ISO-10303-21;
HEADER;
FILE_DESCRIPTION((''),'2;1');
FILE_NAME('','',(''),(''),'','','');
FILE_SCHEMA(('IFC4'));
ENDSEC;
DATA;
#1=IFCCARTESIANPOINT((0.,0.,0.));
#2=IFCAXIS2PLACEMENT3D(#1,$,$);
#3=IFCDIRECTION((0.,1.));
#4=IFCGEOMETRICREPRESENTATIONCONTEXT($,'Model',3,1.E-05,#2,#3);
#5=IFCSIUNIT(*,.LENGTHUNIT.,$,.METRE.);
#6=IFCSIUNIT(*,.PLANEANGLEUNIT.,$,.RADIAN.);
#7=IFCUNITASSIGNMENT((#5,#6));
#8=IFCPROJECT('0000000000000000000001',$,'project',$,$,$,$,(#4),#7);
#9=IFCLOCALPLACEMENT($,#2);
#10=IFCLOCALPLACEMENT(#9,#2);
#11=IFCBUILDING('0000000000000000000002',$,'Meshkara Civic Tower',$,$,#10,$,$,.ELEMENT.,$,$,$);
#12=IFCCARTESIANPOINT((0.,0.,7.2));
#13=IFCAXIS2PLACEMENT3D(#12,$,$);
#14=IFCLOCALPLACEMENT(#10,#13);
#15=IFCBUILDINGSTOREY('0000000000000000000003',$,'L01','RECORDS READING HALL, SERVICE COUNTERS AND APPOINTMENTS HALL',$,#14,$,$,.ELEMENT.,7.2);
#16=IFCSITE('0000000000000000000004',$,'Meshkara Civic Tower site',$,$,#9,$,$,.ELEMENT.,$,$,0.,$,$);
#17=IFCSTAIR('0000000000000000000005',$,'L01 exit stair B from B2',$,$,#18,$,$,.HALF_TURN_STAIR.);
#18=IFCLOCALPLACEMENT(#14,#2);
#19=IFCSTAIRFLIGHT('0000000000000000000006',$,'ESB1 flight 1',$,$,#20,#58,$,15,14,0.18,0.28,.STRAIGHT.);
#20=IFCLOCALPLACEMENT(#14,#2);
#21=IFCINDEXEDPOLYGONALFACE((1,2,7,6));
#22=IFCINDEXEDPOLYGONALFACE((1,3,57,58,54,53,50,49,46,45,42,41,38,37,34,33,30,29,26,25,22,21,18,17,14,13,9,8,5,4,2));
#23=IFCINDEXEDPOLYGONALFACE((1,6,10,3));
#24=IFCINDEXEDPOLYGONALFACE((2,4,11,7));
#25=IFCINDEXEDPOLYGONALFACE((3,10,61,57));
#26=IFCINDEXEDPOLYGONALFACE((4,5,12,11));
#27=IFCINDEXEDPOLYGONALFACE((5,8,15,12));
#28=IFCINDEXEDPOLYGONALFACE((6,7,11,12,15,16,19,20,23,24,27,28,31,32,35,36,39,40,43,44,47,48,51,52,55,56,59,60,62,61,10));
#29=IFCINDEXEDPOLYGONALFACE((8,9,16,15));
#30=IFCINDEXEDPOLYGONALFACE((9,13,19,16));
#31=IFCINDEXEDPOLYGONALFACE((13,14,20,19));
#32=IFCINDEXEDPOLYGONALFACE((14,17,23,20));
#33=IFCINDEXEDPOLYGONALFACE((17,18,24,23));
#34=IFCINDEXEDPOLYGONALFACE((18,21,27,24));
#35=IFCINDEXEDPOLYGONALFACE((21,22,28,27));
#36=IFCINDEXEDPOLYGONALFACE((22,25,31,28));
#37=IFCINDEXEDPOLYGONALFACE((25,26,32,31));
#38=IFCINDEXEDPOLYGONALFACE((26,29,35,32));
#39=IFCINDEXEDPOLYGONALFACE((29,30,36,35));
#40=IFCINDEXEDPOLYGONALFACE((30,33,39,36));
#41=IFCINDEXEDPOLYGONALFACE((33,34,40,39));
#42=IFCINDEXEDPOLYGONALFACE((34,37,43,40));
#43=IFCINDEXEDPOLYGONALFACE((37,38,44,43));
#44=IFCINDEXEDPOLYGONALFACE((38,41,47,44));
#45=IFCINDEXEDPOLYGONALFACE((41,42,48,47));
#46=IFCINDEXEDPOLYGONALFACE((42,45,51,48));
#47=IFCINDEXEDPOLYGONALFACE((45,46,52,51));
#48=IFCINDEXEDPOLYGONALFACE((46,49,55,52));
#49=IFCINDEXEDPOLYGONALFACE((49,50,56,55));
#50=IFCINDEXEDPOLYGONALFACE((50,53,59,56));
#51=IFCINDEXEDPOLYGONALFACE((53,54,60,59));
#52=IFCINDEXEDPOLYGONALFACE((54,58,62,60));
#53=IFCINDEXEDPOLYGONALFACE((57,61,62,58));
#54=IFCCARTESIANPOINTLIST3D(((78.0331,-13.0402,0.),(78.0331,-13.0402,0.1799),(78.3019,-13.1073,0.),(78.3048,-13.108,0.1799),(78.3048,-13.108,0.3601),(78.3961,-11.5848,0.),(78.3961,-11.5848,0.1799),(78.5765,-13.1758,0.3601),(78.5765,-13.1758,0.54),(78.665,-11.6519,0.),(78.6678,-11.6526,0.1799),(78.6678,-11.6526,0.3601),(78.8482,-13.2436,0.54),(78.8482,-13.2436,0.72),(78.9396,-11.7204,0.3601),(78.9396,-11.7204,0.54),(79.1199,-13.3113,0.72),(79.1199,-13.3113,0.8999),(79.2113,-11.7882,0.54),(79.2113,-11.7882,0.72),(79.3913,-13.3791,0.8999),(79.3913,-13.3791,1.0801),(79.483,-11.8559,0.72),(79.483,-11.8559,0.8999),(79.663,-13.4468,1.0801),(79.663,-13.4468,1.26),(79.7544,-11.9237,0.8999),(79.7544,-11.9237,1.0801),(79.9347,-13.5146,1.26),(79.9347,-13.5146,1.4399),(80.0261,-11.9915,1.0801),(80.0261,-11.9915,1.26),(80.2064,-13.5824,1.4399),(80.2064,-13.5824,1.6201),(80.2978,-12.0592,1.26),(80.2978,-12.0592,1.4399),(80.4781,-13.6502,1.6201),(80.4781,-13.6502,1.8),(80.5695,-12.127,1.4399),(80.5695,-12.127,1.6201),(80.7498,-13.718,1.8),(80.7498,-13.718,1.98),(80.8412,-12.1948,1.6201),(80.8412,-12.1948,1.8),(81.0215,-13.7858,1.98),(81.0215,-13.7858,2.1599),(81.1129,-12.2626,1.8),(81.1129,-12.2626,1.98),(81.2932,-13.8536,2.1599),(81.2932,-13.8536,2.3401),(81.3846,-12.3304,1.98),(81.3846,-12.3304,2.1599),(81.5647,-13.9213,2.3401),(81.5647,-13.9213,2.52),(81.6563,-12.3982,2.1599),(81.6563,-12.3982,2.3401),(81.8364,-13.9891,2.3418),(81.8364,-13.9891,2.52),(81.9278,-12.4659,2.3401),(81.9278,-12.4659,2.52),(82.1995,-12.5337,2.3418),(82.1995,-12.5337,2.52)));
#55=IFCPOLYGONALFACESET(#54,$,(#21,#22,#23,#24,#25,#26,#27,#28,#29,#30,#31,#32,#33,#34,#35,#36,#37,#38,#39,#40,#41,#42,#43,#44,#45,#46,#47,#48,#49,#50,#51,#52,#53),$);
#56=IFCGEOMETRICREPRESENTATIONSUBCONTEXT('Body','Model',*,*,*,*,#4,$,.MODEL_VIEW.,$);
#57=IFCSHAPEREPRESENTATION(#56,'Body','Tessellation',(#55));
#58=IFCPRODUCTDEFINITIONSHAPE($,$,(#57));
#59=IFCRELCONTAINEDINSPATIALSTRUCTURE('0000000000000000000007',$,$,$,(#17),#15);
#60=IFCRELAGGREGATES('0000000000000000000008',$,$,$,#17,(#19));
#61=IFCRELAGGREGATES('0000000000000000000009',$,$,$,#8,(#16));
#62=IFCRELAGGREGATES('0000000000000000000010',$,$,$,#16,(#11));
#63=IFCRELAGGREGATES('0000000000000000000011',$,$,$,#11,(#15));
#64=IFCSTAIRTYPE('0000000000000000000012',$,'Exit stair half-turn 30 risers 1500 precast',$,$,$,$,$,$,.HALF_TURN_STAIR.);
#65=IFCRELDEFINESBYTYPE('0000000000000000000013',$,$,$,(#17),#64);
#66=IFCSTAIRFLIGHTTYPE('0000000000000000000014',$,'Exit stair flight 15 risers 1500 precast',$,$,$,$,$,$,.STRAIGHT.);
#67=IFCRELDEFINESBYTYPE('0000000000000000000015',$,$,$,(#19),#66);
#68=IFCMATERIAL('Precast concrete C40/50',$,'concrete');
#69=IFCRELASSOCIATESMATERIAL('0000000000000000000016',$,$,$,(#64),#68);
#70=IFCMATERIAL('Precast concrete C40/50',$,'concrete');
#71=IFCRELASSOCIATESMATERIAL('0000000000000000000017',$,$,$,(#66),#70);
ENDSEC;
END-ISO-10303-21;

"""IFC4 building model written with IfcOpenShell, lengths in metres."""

from ifc_helpers import new_model, si_unit, direction, frame, origin, place, context, subcontext, project, spatial, polyline, outline, extrude, material, type_object, element, aggregate, save


model = new_model("IFC4")

# Units and contexts
model_context = context("Model", 3, precision=1e-05, world=origin(), true_north=direction((0.0, 1.0)))
body_context = subcontext(model_context, "Body", "Model", "MODEL_VIEW")
ifc_project = project(units=[si_unit("LENGTHUNIT", "METRE"), si_unit("PLANEANGLEUNIT", "RADIAN")], contexts=[model_context])

# Site, building, storey
site_placement = place(None, origin())
site = spatial("IfcSite", under=ifc_project, at=site_placement, Name="Meshkara Civic Tower site", CompositionType="ELEMENT", RefElevation=0.0)
building_placement = place(site_placement, origin())
building = spatial("IfcBuilding", under=site, at=building_placement, Name="Meshkara Civic Tower", CompositionType="ELEMENT")
storey_placement = place(building_placement, frame((0.0, 0.0, 7.2)))
storey = spatial("IfcBuildingStorey", under=building, at=storey_placement, Name="L01", Description="RECORDS READING HALL, SERVICE COUNTERS AND APPOINTMENTS HALL", CompositionType="ELEMENT", Elevation=7.2)

# Stair, stair flight
ifc_material_1 = material(Name="Precast concrete C40/50", Category="concrete")
stair_type = type_object("IfcStairType", Name="Exit stair half-turn 30 risers 1500 precast", PredefinedType="HALF_TURN_STAIR", material=ifc_material_1)
stair_placement = place(storey_placement, origin())
stair = element("IfcStair", 1, at=stair_placement, inside=storey, type_object=stair_type, Name="L01 exit stair B from B2", PredefinedType="HALF_TURN_STAIR")
ifc_material_2 = material(Name="Precast concrete C40/50", Category="concrete")
stair_flight_type = type_object("IfcStairFlightType", Name="Exit stair flight 15 risers 1500 precast", PredefinedType="STRAIGHT", material=ifc_material_2)
stair_flight_placement = place(storey_placement, frame((78.2146, -12.3125, 0.0), z_axis=(0.0, 0.0, 1.0), x_axis=(0.97026, -0.242065, 0.0)))
stair_flight = element("IfcStairFlight", 2, at=stair_flight_placement, type_object=stair_flight_type, Name="ESB1 flight 1", NumberOfRisers=15, NumberOfTreads=14, PredefinedType="STRAIGHT", RiserHeight=0.18, TreadLength=0.28, context=body_context, shape_type="SweptSolid", body=[
    extrude(outline(polyline([(0.0, 0.0), (0.0, 0.1799), (0.28, 0.1799), (0.28, 0.3601), (0.5601, 0.3601), (0.5601, 0.54), (0.8401, 0.54), (0.8401, 0.72), (1.1201, 0.72), (1.1201, 0.8999), (1.3999, 0.8999), (1.3999, 1.0801), (1.6799, 1.0801), (1.6799, 1.26), (1.96, 1.26), (1.96, 1.4399), (2.24, 1.4399), (2.24, 1.6201), (2.52, 1.6201), (2.52, 1.8), (2.8, 1.8), (2.8, 1.98), (3.0801, 1.98), (3.0801, 2.1599), (3.3601, 2.1599), (3.3601, 2.3401), (3.6399, 2.3401), (3.6399, 2.52), (3.9199, 2.52), (3.9199, 2.7), (3.9199, 2.3418), (0.2771, 0.0), (0.0, 0.0)])), frame((0.0, 0.75, 0.0), z_axis=(0.0, -1.0, 0.0), x_axis=(1.0, 0.0, 0.0)), (0.0, 0.0, 1.0), 1.5),
])
aggregate(stair, [stair_flight])

save(model, "model.ifc")
